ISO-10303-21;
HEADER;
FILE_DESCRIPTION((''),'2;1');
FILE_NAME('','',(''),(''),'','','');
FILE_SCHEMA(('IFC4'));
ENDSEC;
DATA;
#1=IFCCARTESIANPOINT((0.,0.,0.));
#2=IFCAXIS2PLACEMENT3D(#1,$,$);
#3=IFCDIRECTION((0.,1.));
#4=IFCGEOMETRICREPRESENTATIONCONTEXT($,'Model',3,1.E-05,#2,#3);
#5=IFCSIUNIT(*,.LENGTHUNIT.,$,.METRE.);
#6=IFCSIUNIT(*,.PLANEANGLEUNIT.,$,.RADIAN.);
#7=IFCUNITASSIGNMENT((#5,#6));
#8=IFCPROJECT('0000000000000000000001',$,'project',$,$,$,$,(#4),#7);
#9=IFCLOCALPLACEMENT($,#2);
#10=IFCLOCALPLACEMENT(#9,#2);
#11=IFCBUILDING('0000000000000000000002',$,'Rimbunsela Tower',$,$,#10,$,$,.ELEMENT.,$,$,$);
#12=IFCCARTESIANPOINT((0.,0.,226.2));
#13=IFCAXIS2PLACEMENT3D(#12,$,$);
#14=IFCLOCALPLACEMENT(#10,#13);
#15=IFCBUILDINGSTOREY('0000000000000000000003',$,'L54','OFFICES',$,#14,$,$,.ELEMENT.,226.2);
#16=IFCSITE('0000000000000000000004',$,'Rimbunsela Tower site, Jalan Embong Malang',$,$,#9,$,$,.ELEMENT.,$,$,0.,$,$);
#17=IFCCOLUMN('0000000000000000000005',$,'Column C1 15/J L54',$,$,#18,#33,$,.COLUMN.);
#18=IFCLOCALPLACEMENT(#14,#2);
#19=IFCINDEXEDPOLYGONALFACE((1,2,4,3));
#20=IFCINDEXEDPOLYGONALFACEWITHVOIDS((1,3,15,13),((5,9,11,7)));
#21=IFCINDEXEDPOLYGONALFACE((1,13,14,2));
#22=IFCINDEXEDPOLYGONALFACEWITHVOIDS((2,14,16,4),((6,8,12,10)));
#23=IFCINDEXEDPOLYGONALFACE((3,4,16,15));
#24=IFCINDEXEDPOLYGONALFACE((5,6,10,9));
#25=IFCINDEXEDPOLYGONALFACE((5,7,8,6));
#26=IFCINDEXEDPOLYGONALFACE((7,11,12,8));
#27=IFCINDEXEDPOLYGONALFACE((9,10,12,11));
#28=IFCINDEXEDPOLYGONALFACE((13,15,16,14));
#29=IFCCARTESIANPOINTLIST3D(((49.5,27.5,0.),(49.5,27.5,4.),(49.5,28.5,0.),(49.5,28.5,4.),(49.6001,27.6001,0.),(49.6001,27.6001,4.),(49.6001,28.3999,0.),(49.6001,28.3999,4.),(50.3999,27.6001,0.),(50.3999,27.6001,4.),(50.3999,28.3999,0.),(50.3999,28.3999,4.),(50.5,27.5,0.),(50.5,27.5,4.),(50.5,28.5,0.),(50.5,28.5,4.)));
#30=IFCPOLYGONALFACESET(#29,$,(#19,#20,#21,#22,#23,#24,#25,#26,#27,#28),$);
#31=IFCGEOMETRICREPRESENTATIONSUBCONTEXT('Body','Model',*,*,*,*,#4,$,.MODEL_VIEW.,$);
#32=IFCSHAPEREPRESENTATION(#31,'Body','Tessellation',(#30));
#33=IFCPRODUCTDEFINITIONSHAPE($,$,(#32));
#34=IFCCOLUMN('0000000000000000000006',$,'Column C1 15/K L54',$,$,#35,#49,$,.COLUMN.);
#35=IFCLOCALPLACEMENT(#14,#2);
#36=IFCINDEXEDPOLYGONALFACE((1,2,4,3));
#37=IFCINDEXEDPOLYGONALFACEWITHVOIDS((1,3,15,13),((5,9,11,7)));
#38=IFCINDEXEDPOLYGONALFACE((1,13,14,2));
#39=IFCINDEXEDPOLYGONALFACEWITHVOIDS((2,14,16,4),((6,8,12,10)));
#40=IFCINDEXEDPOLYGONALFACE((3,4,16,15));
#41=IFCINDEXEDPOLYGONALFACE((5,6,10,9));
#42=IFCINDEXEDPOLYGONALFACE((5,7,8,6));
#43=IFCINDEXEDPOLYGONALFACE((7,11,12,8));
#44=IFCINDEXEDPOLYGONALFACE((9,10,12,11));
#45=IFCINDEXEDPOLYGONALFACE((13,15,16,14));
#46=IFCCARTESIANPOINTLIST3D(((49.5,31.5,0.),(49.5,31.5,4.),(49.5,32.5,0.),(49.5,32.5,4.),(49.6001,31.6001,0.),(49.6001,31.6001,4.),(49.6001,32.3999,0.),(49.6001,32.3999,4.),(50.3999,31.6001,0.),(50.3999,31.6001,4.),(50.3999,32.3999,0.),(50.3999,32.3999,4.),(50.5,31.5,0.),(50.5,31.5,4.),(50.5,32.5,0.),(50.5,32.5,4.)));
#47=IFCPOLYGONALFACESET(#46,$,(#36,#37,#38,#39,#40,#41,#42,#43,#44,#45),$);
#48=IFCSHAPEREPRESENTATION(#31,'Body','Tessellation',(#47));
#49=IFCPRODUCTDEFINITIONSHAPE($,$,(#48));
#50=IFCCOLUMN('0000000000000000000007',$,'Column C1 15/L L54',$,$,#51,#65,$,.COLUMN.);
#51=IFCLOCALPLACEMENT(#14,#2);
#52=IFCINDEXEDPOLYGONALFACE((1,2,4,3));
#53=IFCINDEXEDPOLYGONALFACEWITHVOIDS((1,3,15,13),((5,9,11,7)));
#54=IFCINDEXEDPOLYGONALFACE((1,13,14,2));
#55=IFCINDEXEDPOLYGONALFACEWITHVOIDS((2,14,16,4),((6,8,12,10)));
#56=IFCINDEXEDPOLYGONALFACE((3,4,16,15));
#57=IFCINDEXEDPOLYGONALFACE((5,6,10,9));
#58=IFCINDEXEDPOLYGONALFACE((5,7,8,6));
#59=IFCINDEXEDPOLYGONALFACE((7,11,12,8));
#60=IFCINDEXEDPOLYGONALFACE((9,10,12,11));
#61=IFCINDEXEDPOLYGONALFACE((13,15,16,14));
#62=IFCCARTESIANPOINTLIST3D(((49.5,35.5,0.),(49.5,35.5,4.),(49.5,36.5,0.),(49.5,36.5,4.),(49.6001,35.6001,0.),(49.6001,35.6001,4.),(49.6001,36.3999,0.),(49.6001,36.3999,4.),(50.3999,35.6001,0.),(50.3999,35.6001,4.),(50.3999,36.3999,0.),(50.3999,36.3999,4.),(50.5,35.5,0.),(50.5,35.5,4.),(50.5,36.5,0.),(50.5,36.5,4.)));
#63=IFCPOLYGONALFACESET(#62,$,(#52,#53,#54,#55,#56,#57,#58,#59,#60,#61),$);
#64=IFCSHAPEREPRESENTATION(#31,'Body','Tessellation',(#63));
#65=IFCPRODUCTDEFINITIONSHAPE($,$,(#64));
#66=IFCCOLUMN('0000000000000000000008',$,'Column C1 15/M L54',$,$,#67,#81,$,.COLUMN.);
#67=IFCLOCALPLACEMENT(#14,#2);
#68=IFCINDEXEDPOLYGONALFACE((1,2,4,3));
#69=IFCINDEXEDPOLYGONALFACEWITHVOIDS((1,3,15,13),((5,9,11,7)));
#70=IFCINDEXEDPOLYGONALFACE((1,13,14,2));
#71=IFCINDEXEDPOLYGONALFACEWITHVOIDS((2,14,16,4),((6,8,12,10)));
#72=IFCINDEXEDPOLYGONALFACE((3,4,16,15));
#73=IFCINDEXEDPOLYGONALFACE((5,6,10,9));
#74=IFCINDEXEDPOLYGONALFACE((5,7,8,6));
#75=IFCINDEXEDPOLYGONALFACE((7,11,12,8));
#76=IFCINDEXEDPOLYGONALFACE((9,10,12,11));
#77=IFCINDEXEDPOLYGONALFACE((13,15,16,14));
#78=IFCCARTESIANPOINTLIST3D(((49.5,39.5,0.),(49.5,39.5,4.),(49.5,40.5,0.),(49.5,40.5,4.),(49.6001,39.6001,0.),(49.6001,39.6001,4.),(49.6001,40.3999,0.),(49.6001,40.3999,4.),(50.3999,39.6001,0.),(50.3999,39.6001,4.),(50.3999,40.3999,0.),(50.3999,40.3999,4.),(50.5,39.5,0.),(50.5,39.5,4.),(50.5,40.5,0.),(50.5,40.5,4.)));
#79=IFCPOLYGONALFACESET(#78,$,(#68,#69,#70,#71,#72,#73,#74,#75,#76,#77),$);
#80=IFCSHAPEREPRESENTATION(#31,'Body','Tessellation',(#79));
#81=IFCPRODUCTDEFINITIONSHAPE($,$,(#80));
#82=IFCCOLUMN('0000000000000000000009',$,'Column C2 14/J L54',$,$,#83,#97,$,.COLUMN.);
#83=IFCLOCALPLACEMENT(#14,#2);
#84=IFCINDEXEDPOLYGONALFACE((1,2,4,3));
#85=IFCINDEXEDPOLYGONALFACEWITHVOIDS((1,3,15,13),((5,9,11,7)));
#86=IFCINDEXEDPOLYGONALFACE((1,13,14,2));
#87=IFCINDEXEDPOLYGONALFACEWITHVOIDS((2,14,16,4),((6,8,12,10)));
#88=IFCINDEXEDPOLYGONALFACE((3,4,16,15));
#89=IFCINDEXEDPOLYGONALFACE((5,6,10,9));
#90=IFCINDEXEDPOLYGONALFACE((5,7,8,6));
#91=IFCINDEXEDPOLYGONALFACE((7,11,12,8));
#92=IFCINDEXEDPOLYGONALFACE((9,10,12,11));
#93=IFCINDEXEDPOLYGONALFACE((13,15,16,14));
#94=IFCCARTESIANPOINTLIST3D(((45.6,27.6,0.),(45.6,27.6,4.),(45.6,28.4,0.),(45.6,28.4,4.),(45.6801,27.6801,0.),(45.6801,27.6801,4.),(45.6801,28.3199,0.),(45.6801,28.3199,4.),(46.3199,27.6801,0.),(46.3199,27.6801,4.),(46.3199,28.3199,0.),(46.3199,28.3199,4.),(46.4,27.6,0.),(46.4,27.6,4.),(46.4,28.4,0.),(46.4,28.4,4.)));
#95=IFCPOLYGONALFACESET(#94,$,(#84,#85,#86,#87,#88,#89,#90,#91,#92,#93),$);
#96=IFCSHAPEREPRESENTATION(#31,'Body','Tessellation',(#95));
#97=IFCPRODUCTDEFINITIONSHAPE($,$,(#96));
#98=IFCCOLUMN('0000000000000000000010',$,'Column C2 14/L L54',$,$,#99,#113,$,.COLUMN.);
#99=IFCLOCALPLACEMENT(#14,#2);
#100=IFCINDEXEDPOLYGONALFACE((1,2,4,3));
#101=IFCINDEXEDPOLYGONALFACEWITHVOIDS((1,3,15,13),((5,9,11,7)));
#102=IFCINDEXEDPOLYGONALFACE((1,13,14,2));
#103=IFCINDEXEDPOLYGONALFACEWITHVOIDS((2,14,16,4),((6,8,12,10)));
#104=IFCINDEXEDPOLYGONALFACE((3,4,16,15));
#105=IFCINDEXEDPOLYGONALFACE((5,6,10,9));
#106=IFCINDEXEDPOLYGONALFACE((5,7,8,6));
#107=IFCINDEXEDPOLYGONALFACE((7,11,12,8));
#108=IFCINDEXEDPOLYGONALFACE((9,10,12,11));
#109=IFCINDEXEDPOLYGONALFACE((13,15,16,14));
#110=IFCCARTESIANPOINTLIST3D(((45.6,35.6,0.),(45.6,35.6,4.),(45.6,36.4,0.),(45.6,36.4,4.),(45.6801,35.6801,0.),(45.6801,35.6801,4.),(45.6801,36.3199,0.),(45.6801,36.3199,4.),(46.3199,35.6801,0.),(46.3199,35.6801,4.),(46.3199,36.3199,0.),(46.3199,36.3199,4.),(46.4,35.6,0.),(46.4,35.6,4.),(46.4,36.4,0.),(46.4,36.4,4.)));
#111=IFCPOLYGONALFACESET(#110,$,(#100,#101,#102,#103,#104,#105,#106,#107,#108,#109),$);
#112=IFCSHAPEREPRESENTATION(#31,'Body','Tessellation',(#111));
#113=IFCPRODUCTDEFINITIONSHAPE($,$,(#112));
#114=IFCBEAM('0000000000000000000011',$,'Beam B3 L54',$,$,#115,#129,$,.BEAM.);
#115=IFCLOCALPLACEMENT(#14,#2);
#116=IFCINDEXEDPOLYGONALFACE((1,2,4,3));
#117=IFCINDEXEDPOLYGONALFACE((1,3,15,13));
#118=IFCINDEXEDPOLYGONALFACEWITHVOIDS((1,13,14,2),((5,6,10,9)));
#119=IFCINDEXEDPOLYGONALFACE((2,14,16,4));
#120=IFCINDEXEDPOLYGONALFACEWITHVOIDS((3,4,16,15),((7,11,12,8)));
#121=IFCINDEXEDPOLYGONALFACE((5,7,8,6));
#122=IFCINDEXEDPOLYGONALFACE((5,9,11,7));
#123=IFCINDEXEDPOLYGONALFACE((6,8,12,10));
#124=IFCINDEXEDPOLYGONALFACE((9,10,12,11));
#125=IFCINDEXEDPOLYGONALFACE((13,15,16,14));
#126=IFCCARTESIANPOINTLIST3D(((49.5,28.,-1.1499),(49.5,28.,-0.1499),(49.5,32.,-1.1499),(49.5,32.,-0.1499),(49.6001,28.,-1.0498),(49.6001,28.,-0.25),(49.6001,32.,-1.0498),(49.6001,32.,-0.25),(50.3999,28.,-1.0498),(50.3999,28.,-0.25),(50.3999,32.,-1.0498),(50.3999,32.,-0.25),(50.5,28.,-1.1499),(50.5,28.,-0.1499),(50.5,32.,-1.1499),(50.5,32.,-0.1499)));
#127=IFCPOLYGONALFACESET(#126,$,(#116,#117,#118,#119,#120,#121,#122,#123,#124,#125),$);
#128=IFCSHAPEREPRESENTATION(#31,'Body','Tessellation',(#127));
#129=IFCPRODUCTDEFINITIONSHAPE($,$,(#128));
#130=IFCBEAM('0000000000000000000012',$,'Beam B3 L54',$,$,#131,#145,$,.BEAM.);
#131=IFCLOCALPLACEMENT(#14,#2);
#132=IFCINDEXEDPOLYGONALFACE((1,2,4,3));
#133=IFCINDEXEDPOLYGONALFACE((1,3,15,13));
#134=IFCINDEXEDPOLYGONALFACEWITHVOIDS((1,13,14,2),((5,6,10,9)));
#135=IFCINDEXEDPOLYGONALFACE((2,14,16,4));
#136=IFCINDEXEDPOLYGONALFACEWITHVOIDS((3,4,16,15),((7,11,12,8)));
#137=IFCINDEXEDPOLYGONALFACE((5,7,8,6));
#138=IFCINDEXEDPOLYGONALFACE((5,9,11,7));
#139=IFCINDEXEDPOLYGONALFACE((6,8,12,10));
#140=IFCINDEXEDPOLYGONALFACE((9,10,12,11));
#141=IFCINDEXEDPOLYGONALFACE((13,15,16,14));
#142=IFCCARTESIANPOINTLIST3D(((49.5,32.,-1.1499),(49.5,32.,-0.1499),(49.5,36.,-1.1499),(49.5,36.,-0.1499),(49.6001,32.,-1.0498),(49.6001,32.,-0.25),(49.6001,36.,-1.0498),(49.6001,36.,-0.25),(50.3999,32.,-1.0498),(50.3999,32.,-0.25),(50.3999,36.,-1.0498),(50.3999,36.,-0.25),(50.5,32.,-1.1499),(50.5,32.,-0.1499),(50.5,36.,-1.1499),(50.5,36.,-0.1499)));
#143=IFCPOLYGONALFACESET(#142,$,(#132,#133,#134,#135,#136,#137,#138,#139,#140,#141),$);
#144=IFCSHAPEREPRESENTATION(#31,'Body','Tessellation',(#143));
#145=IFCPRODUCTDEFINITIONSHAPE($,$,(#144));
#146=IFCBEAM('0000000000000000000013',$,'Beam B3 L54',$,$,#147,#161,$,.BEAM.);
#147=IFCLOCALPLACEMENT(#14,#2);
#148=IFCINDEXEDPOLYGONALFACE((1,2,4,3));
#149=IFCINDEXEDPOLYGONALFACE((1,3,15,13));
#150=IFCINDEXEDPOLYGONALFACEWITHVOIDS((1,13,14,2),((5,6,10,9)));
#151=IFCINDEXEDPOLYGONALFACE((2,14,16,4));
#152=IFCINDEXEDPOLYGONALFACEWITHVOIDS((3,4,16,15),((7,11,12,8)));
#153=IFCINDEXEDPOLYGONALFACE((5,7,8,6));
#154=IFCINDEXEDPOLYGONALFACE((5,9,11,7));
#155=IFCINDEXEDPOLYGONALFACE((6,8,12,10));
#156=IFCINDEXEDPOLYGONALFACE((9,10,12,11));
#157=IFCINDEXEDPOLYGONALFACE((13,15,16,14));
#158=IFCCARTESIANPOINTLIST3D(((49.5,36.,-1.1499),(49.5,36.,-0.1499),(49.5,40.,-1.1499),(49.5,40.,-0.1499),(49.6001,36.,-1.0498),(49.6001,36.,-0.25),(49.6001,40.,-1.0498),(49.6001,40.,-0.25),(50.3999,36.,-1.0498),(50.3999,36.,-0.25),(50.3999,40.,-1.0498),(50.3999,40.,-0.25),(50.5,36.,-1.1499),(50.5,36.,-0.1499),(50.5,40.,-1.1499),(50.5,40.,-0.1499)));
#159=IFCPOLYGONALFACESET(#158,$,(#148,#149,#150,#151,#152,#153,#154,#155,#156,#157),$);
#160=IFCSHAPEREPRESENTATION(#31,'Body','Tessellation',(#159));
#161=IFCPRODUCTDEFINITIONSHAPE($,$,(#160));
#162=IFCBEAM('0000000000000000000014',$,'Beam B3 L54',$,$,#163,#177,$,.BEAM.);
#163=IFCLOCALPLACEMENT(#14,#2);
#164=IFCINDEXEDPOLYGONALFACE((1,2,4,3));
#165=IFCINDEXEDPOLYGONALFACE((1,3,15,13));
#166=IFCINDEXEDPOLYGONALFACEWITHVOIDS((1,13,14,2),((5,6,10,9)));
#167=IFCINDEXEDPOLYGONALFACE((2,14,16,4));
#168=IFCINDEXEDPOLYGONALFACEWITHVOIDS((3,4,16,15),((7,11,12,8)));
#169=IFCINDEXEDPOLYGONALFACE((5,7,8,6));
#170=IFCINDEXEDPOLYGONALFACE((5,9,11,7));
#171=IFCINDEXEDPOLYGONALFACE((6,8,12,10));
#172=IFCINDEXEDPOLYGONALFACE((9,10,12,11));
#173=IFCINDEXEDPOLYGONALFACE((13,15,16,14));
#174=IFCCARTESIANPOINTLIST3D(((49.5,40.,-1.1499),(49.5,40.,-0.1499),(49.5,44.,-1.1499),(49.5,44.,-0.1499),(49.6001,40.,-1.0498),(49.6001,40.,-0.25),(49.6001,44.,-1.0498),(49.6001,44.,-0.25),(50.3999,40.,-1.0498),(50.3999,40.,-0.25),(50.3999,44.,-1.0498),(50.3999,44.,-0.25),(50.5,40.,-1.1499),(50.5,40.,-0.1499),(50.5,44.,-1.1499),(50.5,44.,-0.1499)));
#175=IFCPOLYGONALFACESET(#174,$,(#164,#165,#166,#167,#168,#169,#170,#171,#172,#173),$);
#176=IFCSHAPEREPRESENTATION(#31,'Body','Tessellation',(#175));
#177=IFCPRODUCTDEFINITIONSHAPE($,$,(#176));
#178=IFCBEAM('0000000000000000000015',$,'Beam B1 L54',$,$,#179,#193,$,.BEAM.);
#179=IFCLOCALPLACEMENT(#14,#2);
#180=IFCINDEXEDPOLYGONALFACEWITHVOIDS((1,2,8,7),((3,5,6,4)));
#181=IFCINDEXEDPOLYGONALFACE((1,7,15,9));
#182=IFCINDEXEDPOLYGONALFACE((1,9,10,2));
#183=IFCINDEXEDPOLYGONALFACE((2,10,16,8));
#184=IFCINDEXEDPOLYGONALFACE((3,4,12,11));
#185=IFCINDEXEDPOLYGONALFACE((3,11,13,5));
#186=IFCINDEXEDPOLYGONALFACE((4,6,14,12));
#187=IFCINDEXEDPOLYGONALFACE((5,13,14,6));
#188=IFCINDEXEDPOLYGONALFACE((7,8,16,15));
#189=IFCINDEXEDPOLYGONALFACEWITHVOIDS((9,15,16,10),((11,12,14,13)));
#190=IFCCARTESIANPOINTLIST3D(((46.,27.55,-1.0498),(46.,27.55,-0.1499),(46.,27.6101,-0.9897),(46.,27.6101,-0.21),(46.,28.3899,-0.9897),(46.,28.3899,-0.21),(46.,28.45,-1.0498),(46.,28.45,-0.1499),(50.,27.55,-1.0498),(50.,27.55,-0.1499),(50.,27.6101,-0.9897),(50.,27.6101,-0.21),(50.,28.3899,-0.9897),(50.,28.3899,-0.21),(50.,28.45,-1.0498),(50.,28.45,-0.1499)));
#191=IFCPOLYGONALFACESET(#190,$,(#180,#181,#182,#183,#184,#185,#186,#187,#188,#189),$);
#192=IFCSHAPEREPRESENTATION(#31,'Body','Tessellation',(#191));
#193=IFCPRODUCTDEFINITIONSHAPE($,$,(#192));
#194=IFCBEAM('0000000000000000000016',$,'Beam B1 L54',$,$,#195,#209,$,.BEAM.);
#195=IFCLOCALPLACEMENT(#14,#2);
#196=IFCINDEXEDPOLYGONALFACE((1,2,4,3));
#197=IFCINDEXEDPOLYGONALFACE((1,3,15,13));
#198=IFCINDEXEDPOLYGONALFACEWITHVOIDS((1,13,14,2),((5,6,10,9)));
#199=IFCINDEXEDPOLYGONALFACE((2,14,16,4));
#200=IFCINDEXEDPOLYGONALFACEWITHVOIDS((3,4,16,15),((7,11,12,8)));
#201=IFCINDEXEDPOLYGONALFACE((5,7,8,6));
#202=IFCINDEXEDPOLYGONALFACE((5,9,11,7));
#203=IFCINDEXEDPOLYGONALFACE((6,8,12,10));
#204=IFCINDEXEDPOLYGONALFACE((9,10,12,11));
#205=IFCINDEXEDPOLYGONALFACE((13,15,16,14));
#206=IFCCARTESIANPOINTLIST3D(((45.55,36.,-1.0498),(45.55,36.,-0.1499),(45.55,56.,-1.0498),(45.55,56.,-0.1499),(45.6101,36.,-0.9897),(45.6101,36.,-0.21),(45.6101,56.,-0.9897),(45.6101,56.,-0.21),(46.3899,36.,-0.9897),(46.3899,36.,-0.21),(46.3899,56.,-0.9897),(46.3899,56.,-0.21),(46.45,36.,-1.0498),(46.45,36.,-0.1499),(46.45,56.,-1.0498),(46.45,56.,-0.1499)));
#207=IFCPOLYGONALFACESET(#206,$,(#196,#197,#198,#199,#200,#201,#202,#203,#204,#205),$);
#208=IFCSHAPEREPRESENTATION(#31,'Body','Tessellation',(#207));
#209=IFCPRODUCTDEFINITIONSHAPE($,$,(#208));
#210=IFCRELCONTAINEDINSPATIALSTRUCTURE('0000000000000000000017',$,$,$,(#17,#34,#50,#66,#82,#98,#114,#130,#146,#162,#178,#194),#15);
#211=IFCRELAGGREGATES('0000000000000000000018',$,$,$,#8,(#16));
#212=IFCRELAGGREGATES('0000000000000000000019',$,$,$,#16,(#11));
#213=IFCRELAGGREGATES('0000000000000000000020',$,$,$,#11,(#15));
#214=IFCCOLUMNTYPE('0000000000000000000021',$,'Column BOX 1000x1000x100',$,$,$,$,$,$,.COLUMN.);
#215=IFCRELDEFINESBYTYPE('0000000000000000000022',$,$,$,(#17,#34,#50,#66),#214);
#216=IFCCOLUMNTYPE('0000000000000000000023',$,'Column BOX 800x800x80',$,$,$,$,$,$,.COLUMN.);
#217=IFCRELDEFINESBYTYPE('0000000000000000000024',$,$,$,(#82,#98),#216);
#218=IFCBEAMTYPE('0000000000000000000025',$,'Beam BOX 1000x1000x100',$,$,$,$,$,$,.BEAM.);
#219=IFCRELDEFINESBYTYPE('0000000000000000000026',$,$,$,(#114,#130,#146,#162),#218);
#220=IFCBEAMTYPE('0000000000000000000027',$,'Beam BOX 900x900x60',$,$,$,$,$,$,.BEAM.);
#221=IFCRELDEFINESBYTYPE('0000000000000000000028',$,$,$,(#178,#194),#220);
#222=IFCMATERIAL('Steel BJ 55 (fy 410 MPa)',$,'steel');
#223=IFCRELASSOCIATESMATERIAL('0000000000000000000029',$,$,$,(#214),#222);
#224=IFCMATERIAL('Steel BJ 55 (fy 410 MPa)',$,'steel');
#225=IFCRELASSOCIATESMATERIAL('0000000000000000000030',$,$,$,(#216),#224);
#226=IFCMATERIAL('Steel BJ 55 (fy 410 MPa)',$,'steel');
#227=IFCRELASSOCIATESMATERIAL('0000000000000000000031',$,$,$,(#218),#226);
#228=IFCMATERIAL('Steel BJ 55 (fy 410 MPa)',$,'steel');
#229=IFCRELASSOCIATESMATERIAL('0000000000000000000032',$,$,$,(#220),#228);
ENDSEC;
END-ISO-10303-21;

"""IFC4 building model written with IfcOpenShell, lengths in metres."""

from ifc_helpers import new_model, si_unit, direction, frame, origin, origin_2d, place, context, subcontext, project, spatial, hollow_rectangle, extrude, material, material_profile, profile_set, type_object, element, save


model = new_model("IFC4")

# Units and contexts
model_context = context("Model", 3, precision=1e-05, world=origin(), true_north=direction((0.0, 1.0)))
body_context = subcontext(model_context, "Body", "Model", "MODEL_VIEW")
ifc_project = project(units=[si_unit("LENGTHUNIT", "METRE"), si_unit("PLANEANGLEUNIT", "RADIAN")], contexts=[model_context])

# Site, building, storey
site_placement = place(None, origin())
site = spatial("IfcSite", under=ifc_project, at=site_placement, Name="Rimbunsela Tower site, Jalan Embong Malang", CompositionType="ELEMENT", RefElevation=0.0)
building_placement = place(site_placement, origin())
building = spatial("IfcBuilding", under=site, at=building_placement, Name="Rimbunsela Tower", CompositionType="ELEMENT")
storey_placement = place(building_placement, frame((0.0, 0.0, 226.2)))
storey = spatial("IfcBuildingStorey", under=building, at=storey_placement, Name="L54", Description="OFFICES", CompositionType="ELEMENT", Elevation=226.2)

# Columns
ifc_material_1 = material(Name="Steel BJ 55 (fy 410 MPa)", Category="steel")
ifc_material_profile_1 = material_profile(ifc_material_1, hollow_rectangle(XDim=1.0, YDim=1.0, WallThickness=0.1001, at=origin_2d()), Name="BOX 1000x1000x100")
ifc_profile_set_1 = profile_set([ifc_material_profile_1], Name="Steel BJ 55 (fy 410 MPa)")
column_type_1 = type_object("IfcColumnType", Name="Column BOX 1000x1000x100", PredefinedType="COLUMN", material=ifc_profile_set_1)
for number, where, z_axis, x_axis, name in (
    (1, (50.0, 28.0, 0.0), (0.0, 0.0, 1.0), (1.0, 0.0, 0.0), "Column C1 15/J L54"),
    (2, (50.0, 32.0, 0.0), (0.0, 0.0, 1.0), (1.0, 0.0, 0.0), "Column C1 15/K L54"),
    (3, (50.0, 36.0, 0.0), (0.0, 0.0, 1.0), (1.0, 0.0, 0.0), "Column C1 15/L L54"),
    (4, (50.0, 40.0, 0.0), (0.0, 0.0, 1.0), (1.0, 0.0, 0.0), "Column C1 15/M L54"),
):
    element("IfcColumn", number, at=place(storey_placement, frame(where, z_axis=z_axis, x_axis=x_axis)), inside=storey, type_object=column_type_1, Name=name, PredefinedType="COLUMN", context=body_context, shape_type="SweptSolid", body=[
        extrude(hollow_rectangle(XDim=1.0, YDim=1.0, WallThickness=0.1001, at=origin_2d()), origin(), (0.0, 0.0, 1.0), 4.0),
    ])
ifc_material_2 = material(Name="Steel BJ 55 (fy 410 MPa)", Category="steel")
ifc_material_profile_2 = material_profile(ifc_material_2, hollow_rectangle(XDim=0.8, YDim=0.8, WallThickness=0.0801, at=origin_2d()), Name="BOX 800x800x80")
ifc_profile_set_2 = profile_set([ifc_material_profile_2], Name="Steel BJ 55 (fy 410 MPa)")
column_type_2 = type_object("IfcColumnType", Name="Column BOX 800x800x80", PredefinedType="COLUMN", material=ifc_profile_set_2)
for number, where, z_axis, x_axis, name in (
    (5, (46.0, 28.0, 0.0), (0.0, 0.0, 1.0), (1.0, 0.0, 0.0), "Column C2 14/J L54"),
    (6, (46.0, 36.0, 0.0), (0.0, 0.0, 1.0), (1.0, 0.0, 0.0), "Column C2 14/L L54"),
):
    element("IfcColumn", number, at=place(storey_placement, frame(where, z_axis=z_axis, x_axis=x_axis)), inside=storey, type_object=column_type_2, Name=name, PredefinedType="COLUMN", context=body_context, shape_type="SweptSolid", body=[
        extrude(hollow_rectangle(XDim=0.8, YDim=0.8, WallThickness=0.0801, at=origin_2d()), origin(), (0.0, 0.0, 1.0), 4.0),
    ])

# Beams
ifc_material_3 = material(Name="Steel BJ 55 (fy 410 MPa)", Category="steel")
ifc_material_profile_3 = material_profile(ifc_material_3, hollow_rectangle(XDim=1.0, YDim=1.0, WallThickness=0.1001, at=origin_2d()), Name="BOX 1000x1000x100")
ifc_profile_set_3 = profile_set([ifc_material_profile_3], Name="Steel BJ 55 (fy 410 MPa)")
beam_type_1 = type_object("IfcBeamType", Name="Beam BOX 1000x1000x100", PredefinedType="BEAM", material=ifc_profile_set_3)
for number, where, z_axis, x_axis, name in (
    (7, (50.0, 28.0, -0.6499), (0.0, 1.0, 0.0), (-1.0, 0.0, 0.0), "Beam B3 L54"),
    (8, (50.0, 32.0, -0.6499), (0.0, 1.0, 0.0), (-1.0, 0.0, 0.0), "Beam B3 L54"),
    (9, (50.0, 36.0, -0.6499), (0.0, 1.0, 0.0), (-1.0, 0.0, 0.0), "Beam B3 L54"),
    (10, (50.0, 40.0, -0.6499), (0.0, 1.0, 0.0), (-1.0, 0.0, 0.0), "Beam B3 L54"),
):
    element("IfcBeam", number, at=place(storey_placement, frame(where, z_axis=z_axis, x_axis=x_axis)), inside=storey, type_object=beam_type_1, Name=name, PredefinedType="BEAM", context=body_context, shape_type="SweptSolid", body=[
        extrude(hollow_rectangle(XDim=1.0, YDim=1.0, WallThickness=0.1001, at=origin_2d()), origin(), (0.0, 0.0, 1.0), 4.0),
    ])
ifc_material_4 = material(Name="Steel BJ 55 (fy 410 MPa)", Category="steel")
ifc_material_profile_4 = material_profile(ifc_material_4, hollow_rectangle(XDim=0.8999, YDim=0.8999, WallThickness=0.0601, at=origin_2d()), Name="BOX 900x900x60")
ifc_profile_set_4 = profile_set([ifc_material_profile_4], Name="Steel BJ 55 (fy 410 MPa)")
beam_type_2 = type_object("IfcBeamType", Name="Beam BOX 900x900x60", PredefinedType="BEAM", material=ifc_profile_set_4)
beam_1_placement = place(storey_placement, frame((46.0, 28.0, -0.5999), z_axis=(1.0, 0.0, 0.0), x_axis=(0.0, 1.0, 0.0)))
element("IfcBeam", 11, at=beam_1_placement, inside=storey, type_object=beam_type_2, Name="Beam B1 L54", PredefinedType="BEAM", context=body_context, shape_type="SweptSolid", body=[
    extrude(hollow_rectangle(XDim=0.8999, YDim=0.8999, WallThickness=0.0601, at=origin_2d()), origin(), (0.0, 0.0, 1.0), 4.0),
])
beam_2_placement = place(storey_placement, frame((46.0, 36.0, -0.5999), z_axis=(0.0, 1.0, 0.0), x_axis=(-1.0, 0.0, 0.0)))
element("IfcBeam", 12, at=beam_2_placement, inside=storey, type_object=beam_type_2, Name="Beam B1 L54", PredefinedType="BEAM", context=body_context, shape_type="SweptSolid", body=[
    extrude(hollow_rectangle(XDim=0.8999, YDim=0.8999, WallThickness=0.0601, at=origin_2d()), origin(), (0.0, 0.0, 1.0), 20.0),
])

save(model, "model.ifc")
